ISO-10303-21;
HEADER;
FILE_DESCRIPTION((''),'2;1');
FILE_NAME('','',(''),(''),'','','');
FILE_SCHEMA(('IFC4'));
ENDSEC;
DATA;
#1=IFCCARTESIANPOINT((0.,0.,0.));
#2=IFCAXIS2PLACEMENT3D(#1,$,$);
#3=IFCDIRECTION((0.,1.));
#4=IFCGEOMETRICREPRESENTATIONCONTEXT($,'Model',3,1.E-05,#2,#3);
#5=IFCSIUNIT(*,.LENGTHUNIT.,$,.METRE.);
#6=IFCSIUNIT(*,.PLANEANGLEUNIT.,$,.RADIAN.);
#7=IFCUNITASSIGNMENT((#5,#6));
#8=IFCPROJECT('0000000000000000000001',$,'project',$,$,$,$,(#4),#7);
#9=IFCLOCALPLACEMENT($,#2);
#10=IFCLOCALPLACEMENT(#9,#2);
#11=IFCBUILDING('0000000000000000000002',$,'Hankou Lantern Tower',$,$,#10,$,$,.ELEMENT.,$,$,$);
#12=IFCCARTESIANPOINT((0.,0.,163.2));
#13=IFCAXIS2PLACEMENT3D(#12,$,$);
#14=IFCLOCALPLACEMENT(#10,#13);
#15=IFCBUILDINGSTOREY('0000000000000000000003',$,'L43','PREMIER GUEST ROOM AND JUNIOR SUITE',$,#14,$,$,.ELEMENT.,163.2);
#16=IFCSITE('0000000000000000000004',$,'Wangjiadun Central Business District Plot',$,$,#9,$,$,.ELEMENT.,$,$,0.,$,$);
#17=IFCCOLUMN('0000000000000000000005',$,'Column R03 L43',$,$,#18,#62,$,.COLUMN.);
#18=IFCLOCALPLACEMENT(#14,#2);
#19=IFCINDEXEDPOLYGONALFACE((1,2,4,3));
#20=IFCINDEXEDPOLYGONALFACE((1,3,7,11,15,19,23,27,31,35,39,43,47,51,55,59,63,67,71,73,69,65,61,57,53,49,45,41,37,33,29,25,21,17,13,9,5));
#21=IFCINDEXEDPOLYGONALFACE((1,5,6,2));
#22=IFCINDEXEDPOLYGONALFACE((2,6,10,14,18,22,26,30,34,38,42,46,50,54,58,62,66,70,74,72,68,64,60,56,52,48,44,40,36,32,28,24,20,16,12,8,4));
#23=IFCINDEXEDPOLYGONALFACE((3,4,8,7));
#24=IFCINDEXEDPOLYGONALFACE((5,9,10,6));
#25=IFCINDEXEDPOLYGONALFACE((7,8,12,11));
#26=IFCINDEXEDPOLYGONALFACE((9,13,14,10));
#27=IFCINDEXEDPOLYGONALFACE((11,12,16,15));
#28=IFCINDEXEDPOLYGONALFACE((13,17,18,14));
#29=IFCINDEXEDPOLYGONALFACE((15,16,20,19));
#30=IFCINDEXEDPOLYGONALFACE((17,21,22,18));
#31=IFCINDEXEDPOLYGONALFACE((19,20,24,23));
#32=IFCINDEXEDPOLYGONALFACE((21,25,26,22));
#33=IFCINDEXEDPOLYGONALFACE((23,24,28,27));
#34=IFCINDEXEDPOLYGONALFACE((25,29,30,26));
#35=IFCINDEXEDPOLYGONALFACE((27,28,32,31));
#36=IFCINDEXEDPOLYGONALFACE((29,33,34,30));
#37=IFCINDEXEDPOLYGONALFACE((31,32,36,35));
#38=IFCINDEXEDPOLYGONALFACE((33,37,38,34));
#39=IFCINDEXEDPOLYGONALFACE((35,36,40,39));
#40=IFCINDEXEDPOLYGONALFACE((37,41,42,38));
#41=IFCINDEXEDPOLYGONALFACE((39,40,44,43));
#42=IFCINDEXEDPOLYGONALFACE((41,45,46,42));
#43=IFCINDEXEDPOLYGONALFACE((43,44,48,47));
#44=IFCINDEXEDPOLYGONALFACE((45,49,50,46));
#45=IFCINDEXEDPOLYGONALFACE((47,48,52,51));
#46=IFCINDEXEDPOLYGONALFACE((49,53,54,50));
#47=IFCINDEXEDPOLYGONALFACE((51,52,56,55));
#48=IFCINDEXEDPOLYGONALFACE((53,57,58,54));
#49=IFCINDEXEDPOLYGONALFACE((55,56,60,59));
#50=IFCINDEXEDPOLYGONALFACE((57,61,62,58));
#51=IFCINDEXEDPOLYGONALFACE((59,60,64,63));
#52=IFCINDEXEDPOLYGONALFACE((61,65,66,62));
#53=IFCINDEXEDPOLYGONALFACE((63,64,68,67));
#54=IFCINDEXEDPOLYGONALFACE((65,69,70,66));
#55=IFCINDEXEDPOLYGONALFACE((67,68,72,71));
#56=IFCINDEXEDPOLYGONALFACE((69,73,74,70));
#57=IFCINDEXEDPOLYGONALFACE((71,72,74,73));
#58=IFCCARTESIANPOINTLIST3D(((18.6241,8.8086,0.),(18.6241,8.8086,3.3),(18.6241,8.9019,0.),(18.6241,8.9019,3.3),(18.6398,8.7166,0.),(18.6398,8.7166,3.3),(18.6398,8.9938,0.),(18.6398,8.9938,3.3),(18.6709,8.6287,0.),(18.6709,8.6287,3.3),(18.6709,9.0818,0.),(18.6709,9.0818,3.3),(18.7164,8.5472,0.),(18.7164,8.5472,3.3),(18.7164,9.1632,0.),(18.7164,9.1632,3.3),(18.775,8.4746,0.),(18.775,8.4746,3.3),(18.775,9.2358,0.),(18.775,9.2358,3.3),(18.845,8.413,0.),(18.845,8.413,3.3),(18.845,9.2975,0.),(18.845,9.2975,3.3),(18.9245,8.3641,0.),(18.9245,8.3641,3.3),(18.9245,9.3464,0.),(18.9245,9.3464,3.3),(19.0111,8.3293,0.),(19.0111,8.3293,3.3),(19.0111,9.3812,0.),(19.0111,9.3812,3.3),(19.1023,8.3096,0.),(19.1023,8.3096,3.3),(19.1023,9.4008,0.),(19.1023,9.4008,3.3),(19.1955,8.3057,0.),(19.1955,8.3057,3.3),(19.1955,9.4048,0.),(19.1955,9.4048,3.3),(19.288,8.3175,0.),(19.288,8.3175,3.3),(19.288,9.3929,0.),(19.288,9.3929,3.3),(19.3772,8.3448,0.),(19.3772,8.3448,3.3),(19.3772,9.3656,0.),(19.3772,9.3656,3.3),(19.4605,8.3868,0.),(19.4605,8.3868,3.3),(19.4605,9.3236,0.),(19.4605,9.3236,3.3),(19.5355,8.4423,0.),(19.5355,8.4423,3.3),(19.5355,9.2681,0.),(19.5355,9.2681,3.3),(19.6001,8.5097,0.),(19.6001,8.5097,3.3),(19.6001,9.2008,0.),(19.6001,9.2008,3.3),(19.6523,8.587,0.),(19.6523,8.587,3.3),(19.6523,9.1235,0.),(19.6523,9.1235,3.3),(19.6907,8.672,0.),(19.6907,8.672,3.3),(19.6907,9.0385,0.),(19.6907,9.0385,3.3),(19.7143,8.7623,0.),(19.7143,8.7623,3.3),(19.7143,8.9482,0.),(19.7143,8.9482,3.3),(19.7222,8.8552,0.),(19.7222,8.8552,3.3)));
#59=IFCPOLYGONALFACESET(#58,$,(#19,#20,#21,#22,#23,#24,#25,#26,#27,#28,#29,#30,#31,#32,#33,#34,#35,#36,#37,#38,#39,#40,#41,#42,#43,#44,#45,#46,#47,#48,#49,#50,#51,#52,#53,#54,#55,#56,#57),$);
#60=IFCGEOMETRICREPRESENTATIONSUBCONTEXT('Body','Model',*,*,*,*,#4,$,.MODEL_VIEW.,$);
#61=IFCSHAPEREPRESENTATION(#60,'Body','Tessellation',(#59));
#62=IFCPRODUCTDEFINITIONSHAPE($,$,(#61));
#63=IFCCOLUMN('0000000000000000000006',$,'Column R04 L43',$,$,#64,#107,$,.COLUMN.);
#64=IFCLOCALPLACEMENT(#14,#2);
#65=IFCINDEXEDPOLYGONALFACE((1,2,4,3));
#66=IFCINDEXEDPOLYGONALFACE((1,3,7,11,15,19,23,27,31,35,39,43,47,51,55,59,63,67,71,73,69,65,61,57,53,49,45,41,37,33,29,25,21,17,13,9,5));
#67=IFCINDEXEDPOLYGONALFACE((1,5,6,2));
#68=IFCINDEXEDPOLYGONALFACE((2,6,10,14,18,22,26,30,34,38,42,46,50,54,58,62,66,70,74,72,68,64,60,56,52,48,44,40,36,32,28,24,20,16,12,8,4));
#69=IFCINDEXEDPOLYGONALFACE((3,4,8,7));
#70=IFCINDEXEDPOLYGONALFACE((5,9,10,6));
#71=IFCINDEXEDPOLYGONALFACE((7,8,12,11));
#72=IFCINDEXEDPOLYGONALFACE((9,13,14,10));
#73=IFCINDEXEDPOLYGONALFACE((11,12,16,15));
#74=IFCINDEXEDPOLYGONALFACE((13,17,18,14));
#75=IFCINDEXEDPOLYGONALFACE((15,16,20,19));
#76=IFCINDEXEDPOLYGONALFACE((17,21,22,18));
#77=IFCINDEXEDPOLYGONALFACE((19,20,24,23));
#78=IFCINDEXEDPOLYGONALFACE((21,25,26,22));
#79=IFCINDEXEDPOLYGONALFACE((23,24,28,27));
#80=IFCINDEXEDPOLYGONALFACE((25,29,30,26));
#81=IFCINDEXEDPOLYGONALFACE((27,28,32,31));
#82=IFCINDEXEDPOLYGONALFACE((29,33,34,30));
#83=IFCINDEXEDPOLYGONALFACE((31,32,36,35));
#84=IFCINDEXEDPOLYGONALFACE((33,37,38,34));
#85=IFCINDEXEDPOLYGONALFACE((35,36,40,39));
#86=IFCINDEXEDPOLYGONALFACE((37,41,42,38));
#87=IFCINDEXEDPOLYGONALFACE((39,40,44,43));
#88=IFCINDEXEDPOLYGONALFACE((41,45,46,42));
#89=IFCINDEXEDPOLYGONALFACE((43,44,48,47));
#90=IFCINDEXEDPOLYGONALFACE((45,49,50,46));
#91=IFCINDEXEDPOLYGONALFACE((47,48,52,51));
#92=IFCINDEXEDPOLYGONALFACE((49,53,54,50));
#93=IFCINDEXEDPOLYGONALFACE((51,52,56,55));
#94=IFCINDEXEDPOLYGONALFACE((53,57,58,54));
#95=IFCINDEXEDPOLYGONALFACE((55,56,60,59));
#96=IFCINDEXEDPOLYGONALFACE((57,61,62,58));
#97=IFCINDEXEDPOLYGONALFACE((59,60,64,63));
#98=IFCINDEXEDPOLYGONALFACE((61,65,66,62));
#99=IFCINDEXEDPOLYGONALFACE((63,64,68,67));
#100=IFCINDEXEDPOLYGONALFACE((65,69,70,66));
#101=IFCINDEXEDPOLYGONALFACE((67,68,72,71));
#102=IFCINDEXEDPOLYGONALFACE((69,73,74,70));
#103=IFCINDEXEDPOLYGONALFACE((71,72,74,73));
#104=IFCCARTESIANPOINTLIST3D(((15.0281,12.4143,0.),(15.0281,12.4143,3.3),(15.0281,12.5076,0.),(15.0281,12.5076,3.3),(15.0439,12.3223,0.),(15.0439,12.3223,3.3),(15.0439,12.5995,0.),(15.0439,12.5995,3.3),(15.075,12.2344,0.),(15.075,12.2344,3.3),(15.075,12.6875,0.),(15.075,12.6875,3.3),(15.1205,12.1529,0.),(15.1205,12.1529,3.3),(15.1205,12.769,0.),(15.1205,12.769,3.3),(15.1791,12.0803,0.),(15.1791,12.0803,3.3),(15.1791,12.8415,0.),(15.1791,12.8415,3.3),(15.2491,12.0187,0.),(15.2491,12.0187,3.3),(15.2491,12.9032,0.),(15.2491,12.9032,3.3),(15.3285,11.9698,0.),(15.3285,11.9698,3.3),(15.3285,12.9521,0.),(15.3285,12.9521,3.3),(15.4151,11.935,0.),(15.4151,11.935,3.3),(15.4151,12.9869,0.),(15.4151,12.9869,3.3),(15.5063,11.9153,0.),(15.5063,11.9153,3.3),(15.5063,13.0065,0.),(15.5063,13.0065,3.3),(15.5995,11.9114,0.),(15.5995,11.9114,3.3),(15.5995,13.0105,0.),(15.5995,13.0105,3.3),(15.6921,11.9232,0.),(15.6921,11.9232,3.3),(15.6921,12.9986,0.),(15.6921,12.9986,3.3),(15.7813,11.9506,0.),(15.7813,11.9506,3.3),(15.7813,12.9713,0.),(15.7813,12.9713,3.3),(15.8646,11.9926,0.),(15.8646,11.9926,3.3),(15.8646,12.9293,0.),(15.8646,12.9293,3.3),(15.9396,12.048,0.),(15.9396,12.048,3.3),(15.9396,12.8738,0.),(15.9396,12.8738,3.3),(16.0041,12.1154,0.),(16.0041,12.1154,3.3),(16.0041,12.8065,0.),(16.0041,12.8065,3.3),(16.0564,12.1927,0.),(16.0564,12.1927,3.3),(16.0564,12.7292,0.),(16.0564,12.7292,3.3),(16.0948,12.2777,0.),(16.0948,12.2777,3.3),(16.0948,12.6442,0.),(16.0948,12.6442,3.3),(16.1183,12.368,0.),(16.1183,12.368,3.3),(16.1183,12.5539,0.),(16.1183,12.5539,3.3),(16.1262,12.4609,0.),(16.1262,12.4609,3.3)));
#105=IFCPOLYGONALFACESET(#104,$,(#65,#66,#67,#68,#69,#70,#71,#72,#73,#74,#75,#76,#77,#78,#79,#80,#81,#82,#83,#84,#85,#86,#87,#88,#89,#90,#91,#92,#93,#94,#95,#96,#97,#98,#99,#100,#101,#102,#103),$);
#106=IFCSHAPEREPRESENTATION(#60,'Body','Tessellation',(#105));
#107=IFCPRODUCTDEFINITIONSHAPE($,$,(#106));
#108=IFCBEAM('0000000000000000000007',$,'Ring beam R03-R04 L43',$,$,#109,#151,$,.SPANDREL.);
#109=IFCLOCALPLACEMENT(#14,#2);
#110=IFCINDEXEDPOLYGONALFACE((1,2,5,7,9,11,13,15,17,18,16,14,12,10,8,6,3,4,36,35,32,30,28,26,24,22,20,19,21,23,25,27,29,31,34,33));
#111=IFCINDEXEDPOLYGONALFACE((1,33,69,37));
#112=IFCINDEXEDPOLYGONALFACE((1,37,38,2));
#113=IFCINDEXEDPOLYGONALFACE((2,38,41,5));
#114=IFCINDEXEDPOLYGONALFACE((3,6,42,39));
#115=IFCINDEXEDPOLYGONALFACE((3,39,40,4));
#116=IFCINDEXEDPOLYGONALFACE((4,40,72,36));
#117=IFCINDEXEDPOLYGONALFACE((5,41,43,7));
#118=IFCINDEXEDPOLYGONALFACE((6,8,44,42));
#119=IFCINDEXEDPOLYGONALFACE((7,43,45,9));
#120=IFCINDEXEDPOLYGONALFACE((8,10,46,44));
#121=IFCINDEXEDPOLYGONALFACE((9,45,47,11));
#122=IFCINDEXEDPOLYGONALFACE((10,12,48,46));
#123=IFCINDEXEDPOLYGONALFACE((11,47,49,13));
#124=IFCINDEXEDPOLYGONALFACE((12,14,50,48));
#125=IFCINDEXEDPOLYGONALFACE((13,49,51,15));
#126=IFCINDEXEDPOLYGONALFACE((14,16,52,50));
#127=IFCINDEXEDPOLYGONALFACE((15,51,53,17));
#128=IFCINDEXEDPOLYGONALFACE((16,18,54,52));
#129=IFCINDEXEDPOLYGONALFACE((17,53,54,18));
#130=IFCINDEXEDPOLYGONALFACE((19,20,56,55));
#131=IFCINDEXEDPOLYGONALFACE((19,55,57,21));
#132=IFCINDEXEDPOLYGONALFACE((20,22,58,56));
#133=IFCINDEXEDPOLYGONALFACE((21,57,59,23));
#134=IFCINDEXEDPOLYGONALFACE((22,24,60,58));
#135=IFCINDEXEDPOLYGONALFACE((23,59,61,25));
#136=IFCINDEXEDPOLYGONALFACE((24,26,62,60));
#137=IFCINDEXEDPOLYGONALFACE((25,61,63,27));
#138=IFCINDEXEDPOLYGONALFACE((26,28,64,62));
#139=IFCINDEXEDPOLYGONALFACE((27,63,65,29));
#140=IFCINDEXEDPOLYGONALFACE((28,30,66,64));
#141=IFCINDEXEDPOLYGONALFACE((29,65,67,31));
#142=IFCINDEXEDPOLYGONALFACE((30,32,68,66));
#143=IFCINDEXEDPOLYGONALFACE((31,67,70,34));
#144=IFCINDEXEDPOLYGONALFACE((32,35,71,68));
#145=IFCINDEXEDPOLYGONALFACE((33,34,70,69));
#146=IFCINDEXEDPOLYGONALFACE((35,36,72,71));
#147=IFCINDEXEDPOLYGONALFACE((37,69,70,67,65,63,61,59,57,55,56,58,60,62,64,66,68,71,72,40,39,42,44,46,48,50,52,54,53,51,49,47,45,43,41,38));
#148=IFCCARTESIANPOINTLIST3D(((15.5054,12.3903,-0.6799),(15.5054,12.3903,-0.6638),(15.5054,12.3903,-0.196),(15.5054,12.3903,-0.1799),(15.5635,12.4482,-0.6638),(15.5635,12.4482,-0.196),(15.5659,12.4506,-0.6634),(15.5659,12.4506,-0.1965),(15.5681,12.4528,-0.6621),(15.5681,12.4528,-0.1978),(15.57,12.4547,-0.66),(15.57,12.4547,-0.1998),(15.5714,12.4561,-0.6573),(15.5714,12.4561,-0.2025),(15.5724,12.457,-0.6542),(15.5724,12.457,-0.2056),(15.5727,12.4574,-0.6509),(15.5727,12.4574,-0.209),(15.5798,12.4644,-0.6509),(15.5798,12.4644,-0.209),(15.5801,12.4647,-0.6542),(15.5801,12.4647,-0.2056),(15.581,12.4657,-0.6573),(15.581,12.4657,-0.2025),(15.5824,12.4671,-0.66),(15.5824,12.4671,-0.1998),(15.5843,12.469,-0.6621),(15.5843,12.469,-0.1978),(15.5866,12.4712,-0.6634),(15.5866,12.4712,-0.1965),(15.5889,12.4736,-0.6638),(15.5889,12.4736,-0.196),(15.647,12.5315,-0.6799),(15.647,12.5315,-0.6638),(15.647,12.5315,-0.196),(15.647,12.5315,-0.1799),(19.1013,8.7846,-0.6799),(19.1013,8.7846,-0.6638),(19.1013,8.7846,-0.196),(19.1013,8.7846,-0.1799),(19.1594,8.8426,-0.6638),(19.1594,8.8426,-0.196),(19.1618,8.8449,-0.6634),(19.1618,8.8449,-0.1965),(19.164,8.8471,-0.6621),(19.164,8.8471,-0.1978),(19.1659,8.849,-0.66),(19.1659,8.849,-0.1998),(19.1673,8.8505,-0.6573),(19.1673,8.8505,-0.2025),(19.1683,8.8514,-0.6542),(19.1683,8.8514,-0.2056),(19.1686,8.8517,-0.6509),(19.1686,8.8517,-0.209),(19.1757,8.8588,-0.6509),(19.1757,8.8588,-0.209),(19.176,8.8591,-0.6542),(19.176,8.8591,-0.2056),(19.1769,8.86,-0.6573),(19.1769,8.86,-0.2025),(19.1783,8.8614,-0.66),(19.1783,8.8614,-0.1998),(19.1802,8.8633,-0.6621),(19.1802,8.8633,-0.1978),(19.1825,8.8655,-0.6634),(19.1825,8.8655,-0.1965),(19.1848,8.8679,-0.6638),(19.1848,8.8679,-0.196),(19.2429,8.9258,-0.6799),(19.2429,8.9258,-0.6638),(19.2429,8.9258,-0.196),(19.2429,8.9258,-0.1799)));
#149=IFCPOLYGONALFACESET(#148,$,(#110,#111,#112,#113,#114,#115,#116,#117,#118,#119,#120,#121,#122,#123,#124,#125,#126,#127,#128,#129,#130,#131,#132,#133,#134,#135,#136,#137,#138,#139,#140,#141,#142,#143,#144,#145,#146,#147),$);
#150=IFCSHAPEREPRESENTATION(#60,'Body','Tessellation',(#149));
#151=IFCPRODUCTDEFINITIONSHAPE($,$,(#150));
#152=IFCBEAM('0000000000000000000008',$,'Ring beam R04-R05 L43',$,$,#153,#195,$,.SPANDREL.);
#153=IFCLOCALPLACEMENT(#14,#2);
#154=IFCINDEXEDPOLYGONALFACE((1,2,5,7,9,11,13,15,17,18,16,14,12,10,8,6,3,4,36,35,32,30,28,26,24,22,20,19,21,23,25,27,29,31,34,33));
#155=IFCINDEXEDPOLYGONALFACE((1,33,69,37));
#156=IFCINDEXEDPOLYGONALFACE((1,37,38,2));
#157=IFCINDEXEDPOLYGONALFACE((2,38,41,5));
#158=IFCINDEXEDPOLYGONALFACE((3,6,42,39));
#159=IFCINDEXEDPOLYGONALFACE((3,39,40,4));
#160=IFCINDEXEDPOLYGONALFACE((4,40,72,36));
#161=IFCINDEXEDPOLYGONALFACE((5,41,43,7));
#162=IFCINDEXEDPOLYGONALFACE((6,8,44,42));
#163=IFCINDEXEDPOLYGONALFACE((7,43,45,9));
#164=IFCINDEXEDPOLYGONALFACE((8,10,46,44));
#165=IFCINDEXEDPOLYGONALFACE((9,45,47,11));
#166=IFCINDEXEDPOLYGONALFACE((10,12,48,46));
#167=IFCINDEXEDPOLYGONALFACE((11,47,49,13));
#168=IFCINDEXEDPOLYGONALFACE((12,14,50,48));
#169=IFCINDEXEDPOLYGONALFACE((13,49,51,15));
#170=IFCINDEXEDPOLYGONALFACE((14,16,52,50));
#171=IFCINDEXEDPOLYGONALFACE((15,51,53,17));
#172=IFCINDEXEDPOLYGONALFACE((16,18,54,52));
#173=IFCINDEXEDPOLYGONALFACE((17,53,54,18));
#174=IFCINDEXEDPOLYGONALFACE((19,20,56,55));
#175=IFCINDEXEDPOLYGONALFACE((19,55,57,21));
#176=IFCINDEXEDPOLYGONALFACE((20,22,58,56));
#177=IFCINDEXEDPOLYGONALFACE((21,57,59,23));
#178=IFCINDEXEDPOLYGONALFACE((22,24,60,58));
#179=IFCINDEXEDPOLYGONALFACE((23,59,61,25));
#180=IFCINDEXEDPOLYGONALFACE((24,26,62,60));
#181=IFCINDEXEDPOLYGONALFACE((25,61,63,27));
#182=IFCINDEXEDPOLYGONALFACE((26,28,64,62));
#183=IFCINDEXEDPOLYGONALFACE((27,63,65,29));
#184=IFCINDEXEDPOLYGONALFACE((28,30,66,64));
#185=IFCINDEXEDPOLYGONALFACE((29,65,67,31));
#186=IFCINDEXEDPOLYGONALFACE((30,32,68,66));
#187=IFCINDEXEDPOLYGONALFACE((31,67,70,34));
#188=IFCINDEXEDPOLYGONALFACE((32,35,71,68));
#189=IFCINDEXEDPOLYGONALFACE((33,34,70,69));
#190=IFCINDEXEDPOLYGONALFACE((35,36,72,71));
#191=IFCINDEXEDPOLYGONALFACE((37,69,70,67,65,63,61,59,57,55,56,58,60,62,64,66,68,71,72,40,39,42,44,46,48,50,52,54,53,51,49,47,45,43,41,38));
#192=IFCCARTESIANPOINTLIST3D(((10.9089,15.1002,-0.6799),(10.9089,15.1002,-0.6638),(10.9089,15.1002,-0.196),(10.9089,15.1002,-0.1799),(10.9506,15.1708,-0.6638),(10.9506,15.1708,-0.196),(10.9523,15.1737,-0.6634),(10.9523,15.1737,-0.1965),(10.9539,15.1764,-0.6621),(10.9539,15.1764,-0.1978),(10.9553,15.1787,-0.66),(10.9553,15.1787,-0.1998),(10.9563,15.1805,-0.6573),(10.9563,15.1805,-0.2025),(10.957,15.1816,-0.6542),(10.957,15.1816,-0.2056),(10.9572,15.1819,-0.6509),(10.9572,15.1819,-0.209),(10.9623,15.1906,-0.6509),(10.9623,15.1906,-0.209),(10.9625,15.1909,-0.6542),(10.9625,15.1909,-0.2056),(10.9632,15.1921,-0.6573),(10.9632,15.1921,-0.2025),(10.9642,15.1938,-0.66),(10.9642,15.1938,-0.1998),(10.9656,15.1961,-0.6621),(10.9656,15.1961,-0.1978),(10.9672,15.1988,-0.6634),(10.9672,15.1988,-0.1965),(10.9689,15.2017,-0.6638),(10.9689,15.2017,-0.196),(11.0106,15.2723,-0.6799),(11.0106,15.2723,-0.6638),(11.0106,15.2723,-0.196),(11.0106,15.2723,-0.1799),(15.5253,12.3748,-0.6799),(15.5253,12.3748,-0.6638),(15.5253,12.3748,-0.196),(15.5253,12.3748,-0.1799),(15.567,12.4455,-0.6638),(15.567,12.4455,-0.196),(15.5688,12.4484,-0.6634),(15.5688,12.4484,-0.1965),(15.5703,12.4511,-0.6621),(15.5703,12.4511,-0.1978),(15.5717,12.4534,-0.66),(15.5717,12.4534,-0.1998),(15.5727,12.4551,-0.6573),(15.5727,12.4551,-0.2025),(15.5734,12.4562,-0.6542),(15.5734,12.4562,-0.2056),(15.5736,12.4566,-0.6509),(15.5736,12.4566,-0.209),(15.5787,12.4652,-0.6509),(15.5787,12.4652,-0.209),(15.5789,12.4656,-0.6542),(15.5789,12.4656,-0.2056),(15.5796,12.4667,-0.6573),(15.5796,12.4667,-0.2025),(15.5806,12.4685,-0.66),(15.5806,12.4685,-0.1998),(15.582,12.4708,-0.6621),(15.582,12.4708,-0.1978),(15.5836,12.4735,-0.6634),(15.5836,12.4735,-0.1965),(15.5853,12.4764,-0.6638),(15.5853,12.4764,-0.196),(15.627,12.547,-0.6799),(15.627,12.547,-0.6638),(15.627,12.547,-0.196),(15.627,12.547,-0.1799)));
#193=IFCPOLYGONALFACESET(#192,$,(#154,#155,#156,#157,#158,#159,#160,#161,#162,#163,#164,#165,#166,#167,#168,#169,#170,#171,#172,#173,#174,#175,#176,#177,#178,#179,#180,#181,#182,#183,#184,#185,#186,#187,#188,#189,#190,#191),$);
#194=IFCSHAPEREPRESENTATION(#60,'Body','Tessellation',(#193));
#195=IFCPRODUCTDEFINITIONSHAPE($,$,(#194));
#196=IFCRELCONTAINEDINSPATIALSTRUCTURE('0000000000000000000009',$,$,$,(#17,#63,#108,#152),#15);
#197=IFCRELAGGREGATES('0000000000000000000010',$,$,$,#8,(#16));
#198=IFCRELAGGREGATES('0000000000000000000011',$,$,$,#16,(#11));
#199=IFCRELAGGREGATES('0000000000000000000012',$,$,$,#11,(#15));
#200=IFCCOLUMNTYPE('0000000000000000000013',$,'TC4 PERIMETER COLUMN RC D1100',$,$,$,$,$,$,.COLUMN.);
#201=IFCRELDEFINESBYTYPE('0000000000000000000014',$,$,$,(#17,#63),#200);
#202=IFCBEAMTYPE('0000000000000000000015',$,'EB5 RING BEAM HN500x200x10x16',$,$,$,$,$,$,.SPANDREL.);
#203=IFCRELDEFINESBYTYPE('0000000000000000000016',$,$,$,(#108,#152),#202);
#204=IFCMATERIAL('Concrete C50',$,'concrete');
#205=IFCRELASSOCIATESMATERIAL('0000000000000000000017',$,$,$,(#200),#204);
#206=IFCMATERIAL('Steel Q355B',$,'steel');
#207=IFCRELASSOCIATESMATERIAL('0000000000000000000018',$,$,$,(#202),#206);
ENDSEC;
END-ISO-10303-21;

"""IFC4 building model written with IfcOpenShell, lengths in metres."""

from ifc_helpers import new_model, si_unit, direction, frame, origin, origin_2d, place, context, subcontext, project, spatial, circle, i_section, extrude, material, material_profile, profile_set, type_object, element, save


model = new_model("IFC4")

# Units and contexts
model_context = context("Model", 3, precision=1e-05, world=origin(), true_north=direction((0.0, 1.0)))
body_context = subcontext(model_context, "Body", "Model", "MODEL_VIEW")
ifc_project = project(units=[si_unit("LENGTHUNIT", "METRE"), si_unit("PLANEANGLEUNIT", "RADIAN")], contexts=[model_context])

# Site, building, storey
site_placement = place(None, origin())
site = spatial("IfcSite", under=ifc_project, at=site_placement, Name="Wangjiadun Central Business District Plot", CompositionType="ELEMENT", RefElevation=0.0)
building_placement = place(site_placement, origin())
building = spatial("IfcBuilding", under=site, at=building_placement, Name="Hankou Lantern Tower", CompositionType="ELEMENT")
storey_placement = place(building_placement, frame((0.0, 0.0, 163.2)))
storey = spatial("IfcBuildingStorey", under=building, at=storey_placement, Name="L43", Description="PREMIER GUEST ROOM AND JUNIOR SUITE", CompositionType="ELEMENT", Elevation=163.2)

# Columns
ifc_material_1 = material(Name="Concrete C50", Category="concrete")
ifc_material_profile_1 = material_profile(ifc_material_1, circle(Radius=0.55, at=origin_2d()), Name="RC D1100")
ifc_profile_set_1 = profile_set([ifc_material_profile_1], Name="Concrete C50")
column_type = type_object("IfcColumnType", Name="TC4 PERIMETER COLUMN RC D1100", PredefinedType="COLUMN", material=ifc_profile_set_1)
for number, where, z_axis, x_axis, name in (
    (1, (19.1721, 8.8552, 0.0), (0.0, 0.0, 1.0), (1.0, 0.0, 0.0), "Column R03 L43"),
    (2, (15.5762, 12.4609, 0.0), (0.0, 0.0, 1.0), (1.0, 0.0, 0.0), "Column R04 L43"),
):
    element("IfcColumn", number, at=place(storey_placement, frame(where, z_axis=z_axis, x_axis=x_axis)), inside=storey, type_object=column_type, Name=name, PredefinedType="COLUMN", context=body_context, shape_type="SweptSolid", body=[
        extrude(circle(Radius=0.55, at=origin_2d()), origin(), (0.0, 0.0, 1.0), 3.3),
    ])

# Beams
ifc_material_2 = material(Name="Steel Q355B", Category="steel")
ifc_material_profile_2 = material_profile(ifc_material_2, i_section(OverallWidth=0.2, OverallDepth=0.5, WebThickness=0.01, FlangeThickness=0.0161, FilletRadius=0.0129, at=origin_2d()), Name="HN500x200x10x16")
ifc_profile_set_2 = profile_set([ifc_material_profile_2], Name="Steel Q355B")
beam_type_1 = type_object("IfcBeamType", Name="EB5 RING BEAM HN500x200x10x16", PredefinedType="SPANDREL", material=ifc_profile_set_2)
beam_1_placement = place(storey_placement, frame((19.1721, 8.8552, -0.4299), z_axis=(-0.706147, 0.708065, 0.0), x_axis=(-0.708065, -0.706147, 0.0)))
element("IfcBeam", 3, at=beam_1_placement, inside=storey, type_object=beam_type_1, Name="Ring beam R03-R04 L43", PredefinedType="SPANDREL", context=body_context, shape_type="SweptSolid", body=[
    extrude(i_section(OverallWidth=0.2, OverallDepth=0.5, WebThickness=0.01, FlangeThickness=0.0161, FilletRadius=0.0129, at=origin_2d()), origin(), (0.0, 0.0, 1.0), 5.0923),
])
beam_2_placement = place(storey_placement, frame((15.5762, 12.4609, -0.4299), z_axis=(-0.861136, 0.508375, 0.0), x_axis=(-0.508375, -0.861136, 0.0)))
element("IfcBeam", 4, at=beam_2_placement, inside=storey, type_object=beam_type_1, Name="Ring beam R04-R05 L43", PredefinedType="SPANDREL", context=body_context, shape_type="SweptSolid", body=[
    extrude(i_section(OverallWidth=0.2, OverallDepth=0.5, WebThickness=0.01, FlangeThickness=0.0161, FilletRadius=0.0129, at=origin_2d()), origin(), (0.0, 0.0, 1.0), 5.3608),
])

save(model, "model.ifc")
